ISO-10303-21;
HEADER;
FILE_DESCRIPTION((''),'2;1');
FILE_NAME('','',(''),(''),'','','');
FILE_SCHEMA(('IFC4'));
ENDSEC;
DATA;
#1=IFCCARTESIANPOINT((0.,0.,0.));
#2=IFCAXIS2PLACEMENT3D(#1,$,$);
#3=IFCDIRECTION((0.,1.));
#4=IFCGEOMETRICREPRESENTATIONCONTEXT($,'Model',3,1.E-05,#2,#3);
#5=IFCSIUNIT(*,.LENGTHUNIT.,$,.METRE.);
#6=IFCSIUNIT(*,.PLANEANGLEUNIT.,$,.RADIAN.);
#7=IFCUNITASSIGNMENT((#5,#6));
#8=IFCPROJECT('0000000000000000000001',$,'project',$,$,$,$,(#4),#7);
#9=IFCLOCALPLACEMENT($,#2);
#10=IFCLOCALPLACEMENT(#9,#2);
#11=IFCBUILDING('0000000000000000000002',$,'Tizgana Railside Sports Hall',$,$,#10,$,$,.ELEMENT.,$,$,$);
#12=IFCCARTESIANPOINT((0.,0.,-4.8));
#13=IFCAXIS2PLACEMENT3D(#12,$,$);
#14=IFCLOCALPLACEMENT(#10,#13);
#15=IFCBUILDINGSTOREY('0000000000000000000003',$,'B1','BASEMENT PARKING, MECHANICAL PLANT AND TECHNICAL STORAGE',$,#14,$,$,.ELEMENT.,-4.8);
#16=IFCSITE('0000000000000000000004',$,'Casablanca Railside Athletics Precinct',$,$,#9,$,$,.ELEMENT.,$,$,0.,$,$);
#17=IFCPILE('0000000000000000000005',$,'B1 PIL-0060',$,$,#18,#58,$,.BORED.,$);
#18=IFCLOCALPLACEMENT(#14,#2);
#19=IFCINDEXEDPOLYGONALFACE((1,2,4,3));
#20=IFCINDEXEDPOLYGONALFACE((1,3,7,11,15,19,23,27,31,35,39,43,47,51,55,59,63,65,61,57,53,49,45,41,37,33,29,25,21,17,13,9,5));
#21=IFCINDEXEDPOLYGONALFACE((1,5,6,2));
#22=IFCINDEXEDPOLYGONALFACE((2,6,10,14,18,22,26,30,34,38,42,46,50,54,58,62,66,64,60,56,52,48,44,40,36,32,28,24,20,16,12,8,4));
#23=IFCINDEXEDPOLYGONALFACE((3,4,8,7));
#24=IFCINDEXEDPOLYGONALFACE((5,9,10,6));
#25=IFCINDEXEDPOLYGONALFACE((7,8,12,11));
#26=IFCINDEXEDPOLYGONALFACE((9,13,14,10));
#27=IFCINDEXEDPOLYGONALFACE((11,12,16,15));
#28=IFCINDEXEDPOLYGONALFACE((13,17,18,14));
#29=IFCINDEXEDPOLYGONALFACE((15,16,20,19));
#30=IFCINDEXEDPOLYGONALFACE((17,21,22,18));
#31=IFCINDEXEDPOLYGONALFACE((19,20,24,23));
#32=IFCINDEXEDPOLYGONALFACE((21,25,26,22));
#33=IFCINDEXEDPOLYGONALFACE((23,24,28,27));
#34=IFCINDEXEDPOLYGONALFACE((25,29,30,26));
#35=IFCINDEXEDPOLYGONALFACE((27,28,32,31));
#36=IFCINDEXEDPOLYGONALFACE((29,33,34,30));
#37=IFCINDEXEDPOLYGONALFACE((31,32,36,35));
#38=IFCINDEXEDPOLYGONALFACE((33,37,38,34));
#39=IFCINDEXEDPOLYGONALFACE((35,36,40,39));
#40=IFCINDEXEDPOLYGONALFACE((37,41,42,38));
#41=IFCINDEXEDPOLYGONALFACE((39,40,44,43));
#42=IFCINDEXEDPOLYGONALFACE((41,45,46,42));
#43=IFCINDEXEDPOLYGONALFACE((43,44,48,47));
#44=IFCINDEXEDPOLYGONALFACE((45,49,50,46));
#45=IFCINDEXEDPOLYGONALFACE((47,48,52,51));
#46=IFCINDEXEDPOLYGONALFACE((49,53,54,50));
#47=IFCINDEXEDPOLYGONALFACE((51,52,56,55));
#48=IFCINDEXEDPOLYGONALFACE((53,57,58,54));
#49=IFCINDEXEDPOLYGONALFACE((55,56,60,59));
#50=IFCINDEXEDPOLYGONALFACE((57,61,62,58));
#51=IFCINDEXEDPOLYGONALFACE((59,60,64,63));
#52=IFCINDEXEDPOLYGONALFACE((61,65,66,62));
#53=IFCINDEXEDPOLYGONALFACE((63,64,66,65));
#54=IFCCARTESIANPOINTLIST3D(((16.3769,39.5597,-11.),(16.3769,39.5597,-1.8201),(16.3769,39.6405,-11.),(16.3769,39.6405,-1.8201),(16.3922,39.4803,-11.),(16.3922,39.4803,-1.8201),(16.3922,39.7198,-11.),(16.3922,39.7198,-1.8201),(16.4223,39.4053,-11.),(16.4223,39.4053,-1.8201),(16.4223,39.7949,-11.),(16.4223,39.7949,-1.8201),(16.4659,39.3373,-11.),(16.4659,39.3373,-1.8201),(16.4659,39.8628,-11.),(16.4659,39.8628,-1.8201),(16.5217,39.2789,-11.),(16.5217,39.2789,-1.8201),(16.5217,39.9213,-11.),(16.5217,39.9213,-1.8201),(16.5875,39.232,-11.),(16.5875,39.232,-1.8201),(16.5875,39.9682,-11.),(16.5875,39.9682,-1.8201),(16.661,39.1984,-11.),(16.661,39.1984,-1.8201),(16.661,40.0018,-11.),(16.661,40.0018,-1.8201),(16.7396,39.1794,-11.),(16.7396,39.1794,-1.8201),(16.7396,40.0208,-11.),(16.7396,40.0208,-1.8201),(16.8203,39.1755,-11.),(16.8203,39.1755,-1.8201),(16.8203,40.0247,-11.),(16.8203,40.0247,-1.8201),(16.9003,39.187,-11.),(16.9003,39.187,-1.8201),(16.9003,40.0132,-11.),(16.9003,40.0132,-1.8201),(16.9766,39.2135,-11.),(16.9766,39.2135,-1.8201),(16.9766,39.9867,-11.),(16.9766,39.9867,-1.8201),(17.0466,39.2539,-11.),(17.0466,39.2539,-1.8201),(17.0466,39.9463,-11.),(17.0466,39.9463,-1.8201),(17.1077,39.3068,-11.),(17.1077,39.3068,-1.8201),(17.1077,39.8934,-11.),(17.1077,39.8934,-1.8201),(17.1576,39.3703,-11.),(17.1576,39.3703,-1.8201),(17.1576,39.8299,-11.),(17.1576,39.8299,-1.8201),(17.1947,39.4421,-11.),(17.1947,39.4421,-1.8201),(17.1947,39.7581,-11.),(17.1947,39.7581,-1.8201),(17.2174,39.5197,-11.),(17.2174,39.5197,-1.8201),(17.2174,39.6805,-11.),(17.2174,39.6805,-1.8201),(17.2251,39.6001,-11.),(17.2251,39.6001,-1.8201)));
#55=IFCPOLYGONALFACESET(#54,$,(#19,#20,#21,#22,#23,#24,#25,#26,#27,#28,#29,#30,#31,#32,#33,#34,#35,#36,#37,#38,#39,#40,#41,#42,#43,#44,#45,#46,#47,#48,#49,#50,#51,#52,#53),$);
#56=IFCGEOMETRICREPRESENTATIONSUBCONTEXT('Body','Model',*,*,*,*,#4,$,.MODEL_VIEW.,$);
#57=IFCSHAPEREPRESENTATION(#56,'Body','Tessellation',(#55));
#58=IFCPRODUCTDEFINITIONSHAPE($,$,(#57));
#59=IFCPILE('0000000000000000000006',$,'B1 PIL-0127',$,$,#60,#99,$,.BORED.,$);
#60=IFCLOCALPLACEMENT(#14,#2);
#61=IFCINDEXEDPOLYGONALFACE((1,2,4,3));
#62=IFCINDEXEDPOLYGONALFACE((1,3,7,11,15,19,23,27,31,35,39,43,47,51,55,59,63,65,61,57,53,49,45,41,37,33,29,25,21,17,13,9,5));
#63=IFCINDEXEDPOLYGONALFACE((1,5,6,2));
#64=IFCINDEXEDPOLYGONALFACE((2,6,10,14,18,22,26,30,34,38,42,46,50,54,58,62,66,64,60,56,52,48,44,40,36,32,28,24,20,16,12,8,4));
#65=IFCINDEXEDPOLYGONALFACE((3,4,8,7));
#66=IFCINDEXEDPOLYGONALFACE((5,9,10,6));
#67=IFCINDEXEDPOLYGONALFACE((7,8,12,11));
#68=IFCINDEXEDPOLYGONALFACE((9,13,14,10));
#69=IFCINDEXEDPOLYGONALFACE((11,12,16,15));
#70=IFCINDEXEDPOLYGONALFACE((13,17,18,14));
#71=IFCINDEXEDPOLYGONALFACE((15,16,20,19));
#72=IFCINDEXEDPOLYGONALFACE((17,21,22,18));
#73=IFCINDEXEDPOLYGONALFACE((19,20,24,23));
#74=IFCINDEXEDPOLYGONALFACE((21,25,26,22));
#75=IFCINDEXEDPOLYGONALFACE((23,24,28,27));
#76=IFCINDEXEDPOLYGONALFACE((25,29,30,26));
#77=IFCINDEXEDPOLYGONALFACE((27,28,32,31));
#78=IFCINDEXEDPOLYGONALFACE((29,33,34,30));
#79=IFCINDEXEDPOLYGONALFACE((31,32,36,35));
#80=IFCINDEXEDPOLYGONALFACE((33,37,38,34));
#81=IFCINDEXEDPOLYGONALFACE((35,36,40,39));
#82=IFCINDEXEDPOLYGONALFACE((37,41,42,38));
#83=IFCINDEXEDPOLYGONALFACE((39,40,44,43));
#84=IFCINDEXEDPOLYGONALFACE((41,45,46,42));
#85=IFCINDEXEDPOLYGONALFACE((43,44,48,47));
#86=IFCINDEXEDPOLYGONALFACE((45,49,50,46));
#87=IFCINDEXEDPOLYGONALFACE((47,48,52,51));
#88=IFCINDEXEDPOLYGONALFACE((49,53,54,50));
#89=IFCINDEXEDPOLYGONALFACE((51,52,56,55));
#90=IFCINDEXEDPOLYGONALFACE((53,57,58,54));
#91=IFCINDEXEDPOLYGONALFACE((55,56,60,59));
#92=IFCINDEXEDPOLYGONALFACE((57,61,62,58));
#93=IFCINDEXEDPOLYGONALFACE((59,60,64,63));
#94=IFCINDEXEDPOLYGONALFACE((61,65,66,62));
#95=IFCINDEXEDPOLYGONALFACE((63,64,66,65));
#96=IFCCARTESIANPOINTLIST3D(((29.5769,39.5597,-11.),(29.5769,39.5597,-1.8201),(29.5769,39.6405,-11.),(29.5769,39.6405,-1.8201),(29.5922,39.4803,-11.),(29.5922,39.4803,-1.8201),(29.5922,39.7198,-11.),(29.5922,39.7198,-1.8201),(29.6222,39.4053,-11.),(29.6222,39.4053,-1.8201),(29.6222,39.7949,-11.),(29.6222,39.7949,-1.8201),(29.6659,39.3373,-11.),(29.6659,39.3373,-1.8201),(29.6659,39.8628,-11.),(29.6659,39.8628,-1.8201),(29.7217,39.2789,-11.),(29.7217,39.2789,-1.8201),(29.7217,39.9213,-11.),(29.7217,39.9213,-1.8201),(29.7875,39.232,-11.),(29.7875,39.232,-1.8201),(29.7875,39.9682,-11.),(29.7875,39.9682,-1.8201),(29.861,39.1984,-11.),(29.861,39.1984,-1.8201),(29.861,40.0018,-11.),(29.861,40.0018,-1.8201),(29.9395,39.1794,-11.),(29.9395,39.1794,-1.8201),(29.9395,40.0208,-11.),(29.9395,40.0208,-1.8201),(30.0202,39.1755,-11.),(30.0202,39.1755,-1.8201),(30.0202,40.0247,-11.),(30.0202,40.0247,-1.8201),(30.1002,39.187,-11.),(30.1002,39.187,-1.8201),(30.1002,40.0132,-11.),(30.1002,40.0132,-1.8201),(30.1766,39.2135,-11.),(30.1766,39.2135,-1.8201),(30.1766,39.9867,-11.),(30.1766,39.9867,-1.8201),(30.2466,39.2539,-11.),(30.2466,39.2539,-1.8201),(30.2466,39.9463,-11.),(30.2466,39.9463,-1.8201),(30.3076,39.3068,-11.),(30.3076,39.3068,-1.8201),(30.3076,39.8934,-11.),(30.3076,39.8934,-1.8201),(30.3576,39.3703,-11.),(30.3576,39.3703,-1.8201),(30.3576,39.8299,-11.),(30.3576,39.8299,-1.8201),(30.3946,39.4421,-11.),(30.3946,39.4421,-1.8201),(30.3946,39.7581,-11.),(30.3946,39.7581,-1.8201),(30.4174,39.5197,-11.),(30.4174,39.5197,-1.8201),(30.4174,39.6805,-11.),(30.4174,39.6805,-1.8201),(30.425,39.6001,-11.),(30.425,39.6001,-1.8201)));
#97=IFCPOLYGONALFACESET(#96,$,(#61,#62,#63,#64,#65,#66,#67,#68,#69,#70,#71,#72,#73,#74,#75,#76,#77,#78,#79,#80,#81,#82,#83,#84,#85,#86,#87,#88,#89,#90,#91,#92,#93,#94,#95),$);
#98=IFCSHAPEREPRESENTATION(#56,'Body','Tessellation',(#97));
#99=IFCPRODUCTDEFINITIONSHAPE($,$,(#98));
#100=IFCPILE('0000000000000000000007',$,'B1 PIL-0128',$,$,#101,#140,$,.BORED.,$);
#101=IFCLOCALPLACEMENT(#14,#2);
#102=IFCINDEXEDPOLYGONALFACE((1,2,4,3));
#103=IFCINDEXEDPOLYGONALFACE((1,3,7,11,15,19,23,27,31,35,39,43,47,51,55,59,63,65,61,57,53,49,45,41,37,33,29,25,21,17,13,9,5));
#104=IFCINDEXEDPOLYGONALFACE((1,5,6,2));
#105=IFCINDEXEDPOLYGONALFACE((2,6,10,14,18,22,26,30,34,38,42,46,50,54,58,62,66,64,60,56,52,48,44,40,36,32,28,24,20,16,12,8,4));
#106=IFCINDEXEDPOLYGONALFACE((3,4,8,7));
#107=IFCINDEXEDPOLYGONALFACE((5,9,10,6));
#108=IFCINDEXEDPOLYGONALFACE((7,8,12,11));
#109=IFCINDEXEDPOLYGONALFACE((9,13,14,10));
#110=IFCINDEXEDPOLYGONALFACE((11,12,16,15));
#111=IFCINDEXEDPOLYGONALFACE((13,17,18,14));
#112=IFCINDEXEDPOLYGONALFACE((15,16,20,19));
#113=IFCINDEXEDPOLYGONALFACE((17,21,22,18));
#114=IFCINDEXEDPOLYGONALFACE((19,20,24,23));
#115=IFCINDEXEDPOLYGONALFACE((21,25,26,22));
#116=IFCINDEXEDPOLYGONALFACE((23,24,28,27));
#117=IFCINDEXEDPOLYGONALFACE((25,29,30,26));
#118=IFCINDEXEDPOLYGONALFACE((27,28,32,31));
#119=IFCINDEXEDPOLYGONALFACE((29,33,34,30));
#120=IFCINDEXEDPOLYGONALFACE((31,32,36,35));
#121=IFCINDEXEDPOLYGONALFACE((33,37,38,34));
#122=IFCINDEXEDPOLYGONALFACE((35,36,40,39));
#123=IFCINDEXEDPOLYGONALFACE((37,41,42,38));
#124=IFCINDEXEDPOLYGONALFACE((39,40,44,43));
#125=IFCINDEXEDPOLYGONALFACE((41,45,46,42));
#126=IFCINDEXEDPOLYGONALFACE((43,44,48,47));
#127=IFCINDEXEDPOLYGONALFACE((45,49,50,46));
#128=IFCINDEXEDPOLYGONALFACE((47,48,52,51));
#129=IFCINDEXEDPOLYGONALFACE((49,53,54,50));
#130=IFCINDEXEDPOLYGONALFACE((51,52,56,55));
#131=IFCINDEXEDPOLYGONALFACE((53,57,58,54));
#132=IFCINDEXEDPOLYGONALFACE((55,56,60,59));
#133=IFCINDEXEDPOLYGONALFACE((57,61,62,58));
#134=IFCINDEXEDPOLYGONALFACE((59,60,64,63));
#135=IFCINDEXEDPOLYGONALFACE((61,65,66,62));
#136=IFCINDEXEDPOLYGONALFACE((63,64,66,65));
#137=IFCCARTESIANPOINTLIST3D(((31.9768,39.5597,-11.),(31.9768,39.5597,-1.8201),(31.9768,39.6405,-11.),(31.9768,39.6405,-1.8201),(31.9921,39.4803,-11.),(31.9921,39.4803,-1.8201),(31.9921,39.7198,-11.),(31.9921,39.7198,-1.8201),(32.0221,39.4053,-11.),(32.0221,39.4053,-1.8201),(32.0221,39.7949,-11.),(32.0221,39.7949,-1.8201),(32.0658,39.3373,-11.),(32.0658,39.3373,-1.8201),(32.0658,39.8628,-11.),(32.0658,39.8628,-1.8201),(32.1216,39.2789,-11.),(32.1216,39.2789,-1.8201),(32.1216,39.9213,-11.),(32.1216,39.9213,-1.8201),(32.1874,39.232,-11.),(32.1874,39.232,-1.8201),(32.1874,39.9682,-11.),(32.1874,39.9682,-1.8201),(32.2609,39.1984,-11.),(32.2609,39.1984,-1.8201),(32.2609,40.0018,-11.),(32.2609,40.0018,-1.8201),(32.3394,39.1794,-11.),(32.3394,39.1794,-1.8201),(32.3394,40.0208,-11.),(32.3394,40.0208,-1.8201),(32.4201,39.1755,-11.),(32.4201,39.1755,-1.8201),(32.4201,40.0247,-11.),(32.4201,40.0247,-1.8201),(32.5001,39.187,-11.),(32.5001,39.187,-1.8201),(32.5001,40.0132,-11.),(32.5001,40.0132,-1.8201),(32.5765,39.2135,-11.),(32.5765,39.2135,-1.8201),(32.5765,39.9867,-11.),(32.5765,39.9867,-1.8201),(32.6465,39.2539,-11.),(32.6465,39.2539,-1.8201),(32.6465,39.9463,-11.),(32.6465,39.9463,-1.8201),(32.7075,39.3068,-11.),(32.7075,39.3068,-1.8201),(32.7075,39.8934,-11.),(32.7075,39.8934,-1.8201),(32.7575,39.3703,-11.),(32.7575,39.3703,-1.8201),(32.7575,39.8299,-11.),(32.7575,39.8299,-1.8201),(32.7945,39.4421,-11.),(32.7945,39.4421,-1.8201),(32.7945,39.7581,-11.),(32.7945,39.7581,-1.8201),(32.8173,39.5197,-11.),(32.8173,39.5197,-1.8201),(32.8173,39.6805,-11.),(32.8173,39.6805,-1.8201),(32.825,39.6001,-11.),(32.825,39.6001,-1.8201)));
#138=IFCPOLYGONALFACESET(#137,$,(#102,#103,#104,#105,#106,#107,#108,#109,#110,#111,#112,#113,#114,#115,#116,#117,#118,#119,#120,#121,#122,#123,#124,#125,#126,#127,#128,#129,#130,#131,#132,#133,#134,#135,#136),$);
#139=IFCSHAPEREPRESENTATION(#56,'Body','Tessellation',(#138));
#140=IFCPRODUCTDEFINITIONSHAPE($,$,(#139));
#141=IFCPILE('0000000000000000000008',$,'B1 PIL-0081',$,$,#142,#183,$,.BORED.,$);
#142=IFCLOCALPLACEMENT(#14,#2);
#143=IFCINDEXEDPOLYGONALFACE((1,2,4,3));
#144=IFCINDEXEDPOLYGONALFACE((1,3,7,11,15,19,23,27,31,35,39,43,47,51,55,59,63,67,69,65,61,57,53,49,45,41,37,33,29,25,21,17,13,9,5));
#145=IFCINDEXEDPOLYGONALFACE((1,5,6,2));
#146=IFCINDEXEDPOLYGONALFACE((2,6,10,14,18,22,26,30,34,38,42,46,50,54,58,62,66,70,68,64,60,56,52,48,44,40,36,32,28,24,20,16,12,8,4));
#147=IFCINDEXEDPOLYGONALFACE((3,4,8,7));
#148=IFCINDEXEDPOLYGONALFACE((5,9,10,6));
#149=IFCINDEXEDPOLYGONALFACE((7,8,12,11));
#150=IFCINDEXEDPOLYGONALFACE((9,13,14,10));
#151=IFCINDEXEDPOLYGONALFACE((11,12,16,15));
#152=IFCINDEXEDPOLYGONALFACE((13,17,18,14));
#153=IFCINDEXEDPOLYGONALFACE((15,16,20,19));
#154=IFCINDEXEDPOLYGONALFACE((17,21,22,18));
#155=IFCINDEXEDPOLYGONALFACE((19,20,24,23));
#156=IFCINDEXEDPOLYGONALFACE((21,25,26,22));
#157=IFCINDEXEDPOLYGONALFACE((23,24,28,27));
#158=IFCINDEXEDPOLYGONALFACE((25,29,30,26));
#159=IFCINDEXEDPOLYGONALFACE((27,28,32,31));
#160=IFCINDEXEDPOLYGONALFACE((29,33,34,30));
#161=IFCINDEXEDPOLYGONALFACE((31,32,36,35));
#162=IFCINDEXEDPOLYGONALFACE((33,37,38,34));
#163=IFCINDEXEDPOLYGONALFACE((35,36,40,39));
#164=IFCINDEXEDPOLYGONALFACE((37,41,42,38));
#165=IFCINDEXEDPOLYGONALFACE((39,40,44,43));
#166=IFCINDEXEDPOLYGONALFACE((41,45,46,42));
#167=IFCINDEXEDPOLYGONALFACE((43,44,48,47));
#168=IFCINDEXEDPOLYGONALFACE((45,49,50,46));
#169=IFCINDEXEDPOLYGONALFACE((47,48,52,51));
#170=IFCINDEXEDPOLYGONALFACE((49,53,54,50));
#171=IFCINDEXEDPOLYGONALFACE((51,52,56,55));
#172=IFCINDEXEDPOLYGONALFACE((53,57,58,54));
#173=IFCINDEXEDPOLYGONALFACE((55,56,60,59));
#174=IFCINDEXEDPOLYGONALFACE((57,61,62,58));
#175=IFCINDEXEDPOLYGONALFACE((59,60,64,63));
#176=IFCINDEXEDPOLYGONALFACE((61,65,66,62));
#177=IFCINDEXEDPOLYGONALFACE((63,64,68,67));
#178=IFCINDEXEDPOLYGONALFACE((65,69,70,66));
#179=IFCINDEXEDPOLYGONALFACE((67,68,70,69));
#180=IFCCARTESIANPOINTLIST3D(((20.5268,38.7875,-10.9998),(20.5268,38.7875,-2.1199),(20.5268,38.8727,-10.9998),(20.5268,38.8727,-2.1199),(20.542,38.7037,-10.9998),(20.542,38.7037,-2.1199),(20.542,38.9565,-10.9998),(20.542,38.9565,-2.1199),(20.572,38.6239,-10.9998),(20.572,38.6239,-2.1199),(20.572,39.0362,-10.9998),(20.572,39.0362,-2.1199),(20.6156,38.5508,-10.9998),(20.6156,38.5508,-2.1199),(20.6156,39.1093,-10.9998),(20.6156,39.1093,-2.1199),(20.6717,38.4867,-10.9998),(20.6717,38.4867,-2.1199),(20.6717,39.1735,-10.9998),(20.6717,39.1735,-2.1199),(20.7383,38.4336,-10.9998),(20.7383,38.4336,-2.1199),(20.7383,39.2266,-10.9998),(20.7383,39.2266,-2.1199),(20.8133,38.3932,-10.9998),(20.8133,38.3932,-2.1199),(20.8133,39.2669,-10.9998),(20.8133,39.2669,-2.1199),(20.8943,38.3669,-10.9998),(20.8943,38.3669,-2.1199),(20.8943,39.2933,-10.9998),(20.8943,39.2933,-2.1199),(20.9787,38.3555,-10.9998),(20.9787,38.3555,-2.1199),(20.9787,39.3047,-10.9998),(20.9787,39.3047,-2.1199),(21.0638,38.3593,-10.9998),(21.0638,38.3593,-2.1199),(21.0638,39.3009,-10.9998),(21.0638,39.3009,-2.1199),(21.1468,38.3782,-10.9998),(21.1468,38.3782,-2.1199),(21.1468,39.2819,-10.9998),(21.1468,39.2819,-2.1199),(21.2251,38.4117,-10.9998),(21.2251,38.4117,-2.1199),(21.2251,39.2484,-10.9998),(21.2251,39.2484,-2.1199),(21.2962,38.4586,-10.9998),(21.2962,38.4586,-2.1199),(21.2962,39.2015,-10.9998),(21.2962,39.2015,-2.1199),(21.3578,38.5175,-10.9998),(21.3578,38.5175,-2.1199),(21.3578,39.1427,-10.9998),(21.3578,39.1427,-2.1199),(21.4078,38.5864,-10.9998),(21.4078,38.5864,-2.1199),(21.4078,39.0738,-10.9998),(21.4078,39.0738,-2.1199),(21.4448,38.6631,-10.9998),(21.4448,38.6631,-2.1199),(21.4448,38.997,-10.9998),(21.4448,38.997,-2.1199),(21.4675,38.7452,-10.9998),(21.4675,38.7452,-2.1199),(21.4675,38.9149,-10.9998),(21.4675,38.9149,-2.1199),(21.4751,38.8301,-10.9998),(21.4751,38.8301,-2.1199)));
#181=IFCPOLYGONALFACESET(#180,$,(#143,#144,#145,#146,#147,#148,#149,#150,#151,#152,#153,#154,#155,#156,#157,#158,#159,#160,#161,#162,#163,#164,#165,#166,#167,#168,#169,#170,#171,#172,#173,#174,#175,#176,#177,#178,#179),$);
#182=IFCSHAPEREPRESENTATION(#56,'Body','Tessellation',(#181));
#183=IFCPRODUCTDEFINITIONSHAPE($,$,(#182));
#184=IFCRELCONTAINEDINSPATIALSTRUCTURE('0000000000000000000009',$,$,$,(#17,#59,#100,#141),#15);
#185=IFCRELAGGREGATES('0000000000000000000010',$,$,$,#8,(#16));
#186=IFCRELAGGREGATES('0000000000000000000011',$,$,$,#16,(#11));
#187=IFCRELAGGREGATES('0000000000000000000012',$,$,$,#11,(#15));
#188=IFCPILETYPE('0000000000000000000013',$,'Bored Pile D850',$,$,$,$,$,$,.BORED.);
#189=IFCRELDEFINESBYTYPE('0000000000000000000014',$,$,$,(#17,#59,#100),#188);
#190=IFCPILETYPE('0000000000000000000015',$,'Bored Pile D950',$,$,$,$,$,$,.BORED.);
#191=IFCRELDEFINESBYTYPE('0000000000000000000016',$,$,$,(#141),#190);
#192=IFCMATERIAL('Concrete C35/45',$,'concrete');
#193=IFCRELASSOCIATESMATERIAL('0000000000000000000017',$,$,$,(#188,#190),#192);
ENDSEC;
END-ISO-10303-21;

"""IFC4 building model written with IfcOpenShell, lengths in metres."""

from ifc_helpers import new_model, si_unit, direction, frame, origin, origin_2d, place, context, subcontext, project, spatial, circle, extrude, material, material_profile, profile_set, type_object, element, save


model = new_model("IFC4")

# Units and contexts
model_context = context("Model", 3, precision=1e-05, world=origin(), true_north=direction((0.0, 1.0)))
body_context = subcontext(model_context, "Body", "Model", "MODEL_VIEW")
ifc_project = project(units=[si_unit("LENGTHUNIT", "METRE"), si_unit("PLANEANGLEUNIT", "RADIAN")], contexts=[model_context])

# Site, building, storey
site_placement = place(None, origin())
site = spatial("IfcSite", under=ifc_project, at=site_placement, Name="Casablanca Railside Athletics Precinct", CompositionType="ELEMENT", RefElevation=0.0)
building_placement = place(site_placement, origin())
building = spatial("IfcBuilding", under=site, at=building_placement, Name="Tizgana Railside Sports Hall", CompositionType="ELEMENT")
storey_placement = place(building_placement, frame((0.0, 0.0, -4.8)))
storey = spatial("IfcBuildingStorey", under=building, at=storey_placement, Name="B1", Description="BASEMENT PARKING, MECHANICAL PLANT AND TECHNICAL STORAGE", CompositionType="ELEMENT", Elevation=-4.8)

# Piles
ifc_material_1 = material(Name="Concrete C35/45", Category="concrete")
ifc_material_profile_1 = material_profile(ifc_material_1, circle(Radius=0.425, at=origin_2d()), Name="PILE D850")
ifc_profile_set_1 = profile_set([ifc_material_profile_1], Name="Concrete C35/45")
pile_type_1 = type_object("IfcPileType", Name="Bored Pile D850", PredefinedType="BORED", material=ifc_profile_set_1)
for number, where, z_axis, x_axis, name in (
    (1, (16.8, 39.6001, -1.8201), (0.0, 0.0, -1.0), (1.0, 0.0, 0.0), "B1 PIL-0060"),
    (2, (30.0, 39.6001, -1.8201), (0.0, 0.0, -1.0), (1.0, 0.0, 0.0), "B1 PIL-0127"),
    (3, (32.3999, 39.6001, -1.8201), (0.0, 0.0, -1.0), (1.0, 0.0, 0.0), "B1 PIL-0128"),
):
    element("IfcPile", number, at=place(storey_placement, frame(where, z_axis=z_axis, x_axis=x_axis)), inside=storey, type_object=pile_type_1, Name=name, PredefinedType="BORED", context=body_context, shape_type="SweptSolid", body=[
        extrude(circle(Radius=0.425, at=origin_2d()), origin(), (0.0, 0.0, 1.0), 9.1799),
    ])
ifc_material_profile_2 = material_profile(ifc_material_1, circle(Radius=0.4751, at=origin_2d()), Name="PILE D950")
ifc_profile_set_2 = profile_set([ifc_material_profile_2], Name="Concrete C35/45")
pile_type_2 = type_object("IfcPileType", Name="Bored Pile D950", PredefinedType="BORED", material=ifc_profile_set_2)
for number, where, z_axis, x_axis, name in (
    (4, (21.0, 38.8301, -2.1199), (0.0, 0.0, -1.0), (1.0, 0.0, 0.0), "B1 PIL-0081"),
):
    element("IfcPile", number, at=place(storey_placement, frame(where, z_axis=z_axis, x_axis=x_axis)), inside=storey, type_object=pile_type_2, Name=name, PredefinedType="BORED", context=body_context, shape_type="SweptSolid", body=[
        extrude(circle(Radius=0.4751, at=origin_2d()), origin(), (0.0, 0.0, 1.0), 8.8799),
    ])

save(model, "model.ifc")
